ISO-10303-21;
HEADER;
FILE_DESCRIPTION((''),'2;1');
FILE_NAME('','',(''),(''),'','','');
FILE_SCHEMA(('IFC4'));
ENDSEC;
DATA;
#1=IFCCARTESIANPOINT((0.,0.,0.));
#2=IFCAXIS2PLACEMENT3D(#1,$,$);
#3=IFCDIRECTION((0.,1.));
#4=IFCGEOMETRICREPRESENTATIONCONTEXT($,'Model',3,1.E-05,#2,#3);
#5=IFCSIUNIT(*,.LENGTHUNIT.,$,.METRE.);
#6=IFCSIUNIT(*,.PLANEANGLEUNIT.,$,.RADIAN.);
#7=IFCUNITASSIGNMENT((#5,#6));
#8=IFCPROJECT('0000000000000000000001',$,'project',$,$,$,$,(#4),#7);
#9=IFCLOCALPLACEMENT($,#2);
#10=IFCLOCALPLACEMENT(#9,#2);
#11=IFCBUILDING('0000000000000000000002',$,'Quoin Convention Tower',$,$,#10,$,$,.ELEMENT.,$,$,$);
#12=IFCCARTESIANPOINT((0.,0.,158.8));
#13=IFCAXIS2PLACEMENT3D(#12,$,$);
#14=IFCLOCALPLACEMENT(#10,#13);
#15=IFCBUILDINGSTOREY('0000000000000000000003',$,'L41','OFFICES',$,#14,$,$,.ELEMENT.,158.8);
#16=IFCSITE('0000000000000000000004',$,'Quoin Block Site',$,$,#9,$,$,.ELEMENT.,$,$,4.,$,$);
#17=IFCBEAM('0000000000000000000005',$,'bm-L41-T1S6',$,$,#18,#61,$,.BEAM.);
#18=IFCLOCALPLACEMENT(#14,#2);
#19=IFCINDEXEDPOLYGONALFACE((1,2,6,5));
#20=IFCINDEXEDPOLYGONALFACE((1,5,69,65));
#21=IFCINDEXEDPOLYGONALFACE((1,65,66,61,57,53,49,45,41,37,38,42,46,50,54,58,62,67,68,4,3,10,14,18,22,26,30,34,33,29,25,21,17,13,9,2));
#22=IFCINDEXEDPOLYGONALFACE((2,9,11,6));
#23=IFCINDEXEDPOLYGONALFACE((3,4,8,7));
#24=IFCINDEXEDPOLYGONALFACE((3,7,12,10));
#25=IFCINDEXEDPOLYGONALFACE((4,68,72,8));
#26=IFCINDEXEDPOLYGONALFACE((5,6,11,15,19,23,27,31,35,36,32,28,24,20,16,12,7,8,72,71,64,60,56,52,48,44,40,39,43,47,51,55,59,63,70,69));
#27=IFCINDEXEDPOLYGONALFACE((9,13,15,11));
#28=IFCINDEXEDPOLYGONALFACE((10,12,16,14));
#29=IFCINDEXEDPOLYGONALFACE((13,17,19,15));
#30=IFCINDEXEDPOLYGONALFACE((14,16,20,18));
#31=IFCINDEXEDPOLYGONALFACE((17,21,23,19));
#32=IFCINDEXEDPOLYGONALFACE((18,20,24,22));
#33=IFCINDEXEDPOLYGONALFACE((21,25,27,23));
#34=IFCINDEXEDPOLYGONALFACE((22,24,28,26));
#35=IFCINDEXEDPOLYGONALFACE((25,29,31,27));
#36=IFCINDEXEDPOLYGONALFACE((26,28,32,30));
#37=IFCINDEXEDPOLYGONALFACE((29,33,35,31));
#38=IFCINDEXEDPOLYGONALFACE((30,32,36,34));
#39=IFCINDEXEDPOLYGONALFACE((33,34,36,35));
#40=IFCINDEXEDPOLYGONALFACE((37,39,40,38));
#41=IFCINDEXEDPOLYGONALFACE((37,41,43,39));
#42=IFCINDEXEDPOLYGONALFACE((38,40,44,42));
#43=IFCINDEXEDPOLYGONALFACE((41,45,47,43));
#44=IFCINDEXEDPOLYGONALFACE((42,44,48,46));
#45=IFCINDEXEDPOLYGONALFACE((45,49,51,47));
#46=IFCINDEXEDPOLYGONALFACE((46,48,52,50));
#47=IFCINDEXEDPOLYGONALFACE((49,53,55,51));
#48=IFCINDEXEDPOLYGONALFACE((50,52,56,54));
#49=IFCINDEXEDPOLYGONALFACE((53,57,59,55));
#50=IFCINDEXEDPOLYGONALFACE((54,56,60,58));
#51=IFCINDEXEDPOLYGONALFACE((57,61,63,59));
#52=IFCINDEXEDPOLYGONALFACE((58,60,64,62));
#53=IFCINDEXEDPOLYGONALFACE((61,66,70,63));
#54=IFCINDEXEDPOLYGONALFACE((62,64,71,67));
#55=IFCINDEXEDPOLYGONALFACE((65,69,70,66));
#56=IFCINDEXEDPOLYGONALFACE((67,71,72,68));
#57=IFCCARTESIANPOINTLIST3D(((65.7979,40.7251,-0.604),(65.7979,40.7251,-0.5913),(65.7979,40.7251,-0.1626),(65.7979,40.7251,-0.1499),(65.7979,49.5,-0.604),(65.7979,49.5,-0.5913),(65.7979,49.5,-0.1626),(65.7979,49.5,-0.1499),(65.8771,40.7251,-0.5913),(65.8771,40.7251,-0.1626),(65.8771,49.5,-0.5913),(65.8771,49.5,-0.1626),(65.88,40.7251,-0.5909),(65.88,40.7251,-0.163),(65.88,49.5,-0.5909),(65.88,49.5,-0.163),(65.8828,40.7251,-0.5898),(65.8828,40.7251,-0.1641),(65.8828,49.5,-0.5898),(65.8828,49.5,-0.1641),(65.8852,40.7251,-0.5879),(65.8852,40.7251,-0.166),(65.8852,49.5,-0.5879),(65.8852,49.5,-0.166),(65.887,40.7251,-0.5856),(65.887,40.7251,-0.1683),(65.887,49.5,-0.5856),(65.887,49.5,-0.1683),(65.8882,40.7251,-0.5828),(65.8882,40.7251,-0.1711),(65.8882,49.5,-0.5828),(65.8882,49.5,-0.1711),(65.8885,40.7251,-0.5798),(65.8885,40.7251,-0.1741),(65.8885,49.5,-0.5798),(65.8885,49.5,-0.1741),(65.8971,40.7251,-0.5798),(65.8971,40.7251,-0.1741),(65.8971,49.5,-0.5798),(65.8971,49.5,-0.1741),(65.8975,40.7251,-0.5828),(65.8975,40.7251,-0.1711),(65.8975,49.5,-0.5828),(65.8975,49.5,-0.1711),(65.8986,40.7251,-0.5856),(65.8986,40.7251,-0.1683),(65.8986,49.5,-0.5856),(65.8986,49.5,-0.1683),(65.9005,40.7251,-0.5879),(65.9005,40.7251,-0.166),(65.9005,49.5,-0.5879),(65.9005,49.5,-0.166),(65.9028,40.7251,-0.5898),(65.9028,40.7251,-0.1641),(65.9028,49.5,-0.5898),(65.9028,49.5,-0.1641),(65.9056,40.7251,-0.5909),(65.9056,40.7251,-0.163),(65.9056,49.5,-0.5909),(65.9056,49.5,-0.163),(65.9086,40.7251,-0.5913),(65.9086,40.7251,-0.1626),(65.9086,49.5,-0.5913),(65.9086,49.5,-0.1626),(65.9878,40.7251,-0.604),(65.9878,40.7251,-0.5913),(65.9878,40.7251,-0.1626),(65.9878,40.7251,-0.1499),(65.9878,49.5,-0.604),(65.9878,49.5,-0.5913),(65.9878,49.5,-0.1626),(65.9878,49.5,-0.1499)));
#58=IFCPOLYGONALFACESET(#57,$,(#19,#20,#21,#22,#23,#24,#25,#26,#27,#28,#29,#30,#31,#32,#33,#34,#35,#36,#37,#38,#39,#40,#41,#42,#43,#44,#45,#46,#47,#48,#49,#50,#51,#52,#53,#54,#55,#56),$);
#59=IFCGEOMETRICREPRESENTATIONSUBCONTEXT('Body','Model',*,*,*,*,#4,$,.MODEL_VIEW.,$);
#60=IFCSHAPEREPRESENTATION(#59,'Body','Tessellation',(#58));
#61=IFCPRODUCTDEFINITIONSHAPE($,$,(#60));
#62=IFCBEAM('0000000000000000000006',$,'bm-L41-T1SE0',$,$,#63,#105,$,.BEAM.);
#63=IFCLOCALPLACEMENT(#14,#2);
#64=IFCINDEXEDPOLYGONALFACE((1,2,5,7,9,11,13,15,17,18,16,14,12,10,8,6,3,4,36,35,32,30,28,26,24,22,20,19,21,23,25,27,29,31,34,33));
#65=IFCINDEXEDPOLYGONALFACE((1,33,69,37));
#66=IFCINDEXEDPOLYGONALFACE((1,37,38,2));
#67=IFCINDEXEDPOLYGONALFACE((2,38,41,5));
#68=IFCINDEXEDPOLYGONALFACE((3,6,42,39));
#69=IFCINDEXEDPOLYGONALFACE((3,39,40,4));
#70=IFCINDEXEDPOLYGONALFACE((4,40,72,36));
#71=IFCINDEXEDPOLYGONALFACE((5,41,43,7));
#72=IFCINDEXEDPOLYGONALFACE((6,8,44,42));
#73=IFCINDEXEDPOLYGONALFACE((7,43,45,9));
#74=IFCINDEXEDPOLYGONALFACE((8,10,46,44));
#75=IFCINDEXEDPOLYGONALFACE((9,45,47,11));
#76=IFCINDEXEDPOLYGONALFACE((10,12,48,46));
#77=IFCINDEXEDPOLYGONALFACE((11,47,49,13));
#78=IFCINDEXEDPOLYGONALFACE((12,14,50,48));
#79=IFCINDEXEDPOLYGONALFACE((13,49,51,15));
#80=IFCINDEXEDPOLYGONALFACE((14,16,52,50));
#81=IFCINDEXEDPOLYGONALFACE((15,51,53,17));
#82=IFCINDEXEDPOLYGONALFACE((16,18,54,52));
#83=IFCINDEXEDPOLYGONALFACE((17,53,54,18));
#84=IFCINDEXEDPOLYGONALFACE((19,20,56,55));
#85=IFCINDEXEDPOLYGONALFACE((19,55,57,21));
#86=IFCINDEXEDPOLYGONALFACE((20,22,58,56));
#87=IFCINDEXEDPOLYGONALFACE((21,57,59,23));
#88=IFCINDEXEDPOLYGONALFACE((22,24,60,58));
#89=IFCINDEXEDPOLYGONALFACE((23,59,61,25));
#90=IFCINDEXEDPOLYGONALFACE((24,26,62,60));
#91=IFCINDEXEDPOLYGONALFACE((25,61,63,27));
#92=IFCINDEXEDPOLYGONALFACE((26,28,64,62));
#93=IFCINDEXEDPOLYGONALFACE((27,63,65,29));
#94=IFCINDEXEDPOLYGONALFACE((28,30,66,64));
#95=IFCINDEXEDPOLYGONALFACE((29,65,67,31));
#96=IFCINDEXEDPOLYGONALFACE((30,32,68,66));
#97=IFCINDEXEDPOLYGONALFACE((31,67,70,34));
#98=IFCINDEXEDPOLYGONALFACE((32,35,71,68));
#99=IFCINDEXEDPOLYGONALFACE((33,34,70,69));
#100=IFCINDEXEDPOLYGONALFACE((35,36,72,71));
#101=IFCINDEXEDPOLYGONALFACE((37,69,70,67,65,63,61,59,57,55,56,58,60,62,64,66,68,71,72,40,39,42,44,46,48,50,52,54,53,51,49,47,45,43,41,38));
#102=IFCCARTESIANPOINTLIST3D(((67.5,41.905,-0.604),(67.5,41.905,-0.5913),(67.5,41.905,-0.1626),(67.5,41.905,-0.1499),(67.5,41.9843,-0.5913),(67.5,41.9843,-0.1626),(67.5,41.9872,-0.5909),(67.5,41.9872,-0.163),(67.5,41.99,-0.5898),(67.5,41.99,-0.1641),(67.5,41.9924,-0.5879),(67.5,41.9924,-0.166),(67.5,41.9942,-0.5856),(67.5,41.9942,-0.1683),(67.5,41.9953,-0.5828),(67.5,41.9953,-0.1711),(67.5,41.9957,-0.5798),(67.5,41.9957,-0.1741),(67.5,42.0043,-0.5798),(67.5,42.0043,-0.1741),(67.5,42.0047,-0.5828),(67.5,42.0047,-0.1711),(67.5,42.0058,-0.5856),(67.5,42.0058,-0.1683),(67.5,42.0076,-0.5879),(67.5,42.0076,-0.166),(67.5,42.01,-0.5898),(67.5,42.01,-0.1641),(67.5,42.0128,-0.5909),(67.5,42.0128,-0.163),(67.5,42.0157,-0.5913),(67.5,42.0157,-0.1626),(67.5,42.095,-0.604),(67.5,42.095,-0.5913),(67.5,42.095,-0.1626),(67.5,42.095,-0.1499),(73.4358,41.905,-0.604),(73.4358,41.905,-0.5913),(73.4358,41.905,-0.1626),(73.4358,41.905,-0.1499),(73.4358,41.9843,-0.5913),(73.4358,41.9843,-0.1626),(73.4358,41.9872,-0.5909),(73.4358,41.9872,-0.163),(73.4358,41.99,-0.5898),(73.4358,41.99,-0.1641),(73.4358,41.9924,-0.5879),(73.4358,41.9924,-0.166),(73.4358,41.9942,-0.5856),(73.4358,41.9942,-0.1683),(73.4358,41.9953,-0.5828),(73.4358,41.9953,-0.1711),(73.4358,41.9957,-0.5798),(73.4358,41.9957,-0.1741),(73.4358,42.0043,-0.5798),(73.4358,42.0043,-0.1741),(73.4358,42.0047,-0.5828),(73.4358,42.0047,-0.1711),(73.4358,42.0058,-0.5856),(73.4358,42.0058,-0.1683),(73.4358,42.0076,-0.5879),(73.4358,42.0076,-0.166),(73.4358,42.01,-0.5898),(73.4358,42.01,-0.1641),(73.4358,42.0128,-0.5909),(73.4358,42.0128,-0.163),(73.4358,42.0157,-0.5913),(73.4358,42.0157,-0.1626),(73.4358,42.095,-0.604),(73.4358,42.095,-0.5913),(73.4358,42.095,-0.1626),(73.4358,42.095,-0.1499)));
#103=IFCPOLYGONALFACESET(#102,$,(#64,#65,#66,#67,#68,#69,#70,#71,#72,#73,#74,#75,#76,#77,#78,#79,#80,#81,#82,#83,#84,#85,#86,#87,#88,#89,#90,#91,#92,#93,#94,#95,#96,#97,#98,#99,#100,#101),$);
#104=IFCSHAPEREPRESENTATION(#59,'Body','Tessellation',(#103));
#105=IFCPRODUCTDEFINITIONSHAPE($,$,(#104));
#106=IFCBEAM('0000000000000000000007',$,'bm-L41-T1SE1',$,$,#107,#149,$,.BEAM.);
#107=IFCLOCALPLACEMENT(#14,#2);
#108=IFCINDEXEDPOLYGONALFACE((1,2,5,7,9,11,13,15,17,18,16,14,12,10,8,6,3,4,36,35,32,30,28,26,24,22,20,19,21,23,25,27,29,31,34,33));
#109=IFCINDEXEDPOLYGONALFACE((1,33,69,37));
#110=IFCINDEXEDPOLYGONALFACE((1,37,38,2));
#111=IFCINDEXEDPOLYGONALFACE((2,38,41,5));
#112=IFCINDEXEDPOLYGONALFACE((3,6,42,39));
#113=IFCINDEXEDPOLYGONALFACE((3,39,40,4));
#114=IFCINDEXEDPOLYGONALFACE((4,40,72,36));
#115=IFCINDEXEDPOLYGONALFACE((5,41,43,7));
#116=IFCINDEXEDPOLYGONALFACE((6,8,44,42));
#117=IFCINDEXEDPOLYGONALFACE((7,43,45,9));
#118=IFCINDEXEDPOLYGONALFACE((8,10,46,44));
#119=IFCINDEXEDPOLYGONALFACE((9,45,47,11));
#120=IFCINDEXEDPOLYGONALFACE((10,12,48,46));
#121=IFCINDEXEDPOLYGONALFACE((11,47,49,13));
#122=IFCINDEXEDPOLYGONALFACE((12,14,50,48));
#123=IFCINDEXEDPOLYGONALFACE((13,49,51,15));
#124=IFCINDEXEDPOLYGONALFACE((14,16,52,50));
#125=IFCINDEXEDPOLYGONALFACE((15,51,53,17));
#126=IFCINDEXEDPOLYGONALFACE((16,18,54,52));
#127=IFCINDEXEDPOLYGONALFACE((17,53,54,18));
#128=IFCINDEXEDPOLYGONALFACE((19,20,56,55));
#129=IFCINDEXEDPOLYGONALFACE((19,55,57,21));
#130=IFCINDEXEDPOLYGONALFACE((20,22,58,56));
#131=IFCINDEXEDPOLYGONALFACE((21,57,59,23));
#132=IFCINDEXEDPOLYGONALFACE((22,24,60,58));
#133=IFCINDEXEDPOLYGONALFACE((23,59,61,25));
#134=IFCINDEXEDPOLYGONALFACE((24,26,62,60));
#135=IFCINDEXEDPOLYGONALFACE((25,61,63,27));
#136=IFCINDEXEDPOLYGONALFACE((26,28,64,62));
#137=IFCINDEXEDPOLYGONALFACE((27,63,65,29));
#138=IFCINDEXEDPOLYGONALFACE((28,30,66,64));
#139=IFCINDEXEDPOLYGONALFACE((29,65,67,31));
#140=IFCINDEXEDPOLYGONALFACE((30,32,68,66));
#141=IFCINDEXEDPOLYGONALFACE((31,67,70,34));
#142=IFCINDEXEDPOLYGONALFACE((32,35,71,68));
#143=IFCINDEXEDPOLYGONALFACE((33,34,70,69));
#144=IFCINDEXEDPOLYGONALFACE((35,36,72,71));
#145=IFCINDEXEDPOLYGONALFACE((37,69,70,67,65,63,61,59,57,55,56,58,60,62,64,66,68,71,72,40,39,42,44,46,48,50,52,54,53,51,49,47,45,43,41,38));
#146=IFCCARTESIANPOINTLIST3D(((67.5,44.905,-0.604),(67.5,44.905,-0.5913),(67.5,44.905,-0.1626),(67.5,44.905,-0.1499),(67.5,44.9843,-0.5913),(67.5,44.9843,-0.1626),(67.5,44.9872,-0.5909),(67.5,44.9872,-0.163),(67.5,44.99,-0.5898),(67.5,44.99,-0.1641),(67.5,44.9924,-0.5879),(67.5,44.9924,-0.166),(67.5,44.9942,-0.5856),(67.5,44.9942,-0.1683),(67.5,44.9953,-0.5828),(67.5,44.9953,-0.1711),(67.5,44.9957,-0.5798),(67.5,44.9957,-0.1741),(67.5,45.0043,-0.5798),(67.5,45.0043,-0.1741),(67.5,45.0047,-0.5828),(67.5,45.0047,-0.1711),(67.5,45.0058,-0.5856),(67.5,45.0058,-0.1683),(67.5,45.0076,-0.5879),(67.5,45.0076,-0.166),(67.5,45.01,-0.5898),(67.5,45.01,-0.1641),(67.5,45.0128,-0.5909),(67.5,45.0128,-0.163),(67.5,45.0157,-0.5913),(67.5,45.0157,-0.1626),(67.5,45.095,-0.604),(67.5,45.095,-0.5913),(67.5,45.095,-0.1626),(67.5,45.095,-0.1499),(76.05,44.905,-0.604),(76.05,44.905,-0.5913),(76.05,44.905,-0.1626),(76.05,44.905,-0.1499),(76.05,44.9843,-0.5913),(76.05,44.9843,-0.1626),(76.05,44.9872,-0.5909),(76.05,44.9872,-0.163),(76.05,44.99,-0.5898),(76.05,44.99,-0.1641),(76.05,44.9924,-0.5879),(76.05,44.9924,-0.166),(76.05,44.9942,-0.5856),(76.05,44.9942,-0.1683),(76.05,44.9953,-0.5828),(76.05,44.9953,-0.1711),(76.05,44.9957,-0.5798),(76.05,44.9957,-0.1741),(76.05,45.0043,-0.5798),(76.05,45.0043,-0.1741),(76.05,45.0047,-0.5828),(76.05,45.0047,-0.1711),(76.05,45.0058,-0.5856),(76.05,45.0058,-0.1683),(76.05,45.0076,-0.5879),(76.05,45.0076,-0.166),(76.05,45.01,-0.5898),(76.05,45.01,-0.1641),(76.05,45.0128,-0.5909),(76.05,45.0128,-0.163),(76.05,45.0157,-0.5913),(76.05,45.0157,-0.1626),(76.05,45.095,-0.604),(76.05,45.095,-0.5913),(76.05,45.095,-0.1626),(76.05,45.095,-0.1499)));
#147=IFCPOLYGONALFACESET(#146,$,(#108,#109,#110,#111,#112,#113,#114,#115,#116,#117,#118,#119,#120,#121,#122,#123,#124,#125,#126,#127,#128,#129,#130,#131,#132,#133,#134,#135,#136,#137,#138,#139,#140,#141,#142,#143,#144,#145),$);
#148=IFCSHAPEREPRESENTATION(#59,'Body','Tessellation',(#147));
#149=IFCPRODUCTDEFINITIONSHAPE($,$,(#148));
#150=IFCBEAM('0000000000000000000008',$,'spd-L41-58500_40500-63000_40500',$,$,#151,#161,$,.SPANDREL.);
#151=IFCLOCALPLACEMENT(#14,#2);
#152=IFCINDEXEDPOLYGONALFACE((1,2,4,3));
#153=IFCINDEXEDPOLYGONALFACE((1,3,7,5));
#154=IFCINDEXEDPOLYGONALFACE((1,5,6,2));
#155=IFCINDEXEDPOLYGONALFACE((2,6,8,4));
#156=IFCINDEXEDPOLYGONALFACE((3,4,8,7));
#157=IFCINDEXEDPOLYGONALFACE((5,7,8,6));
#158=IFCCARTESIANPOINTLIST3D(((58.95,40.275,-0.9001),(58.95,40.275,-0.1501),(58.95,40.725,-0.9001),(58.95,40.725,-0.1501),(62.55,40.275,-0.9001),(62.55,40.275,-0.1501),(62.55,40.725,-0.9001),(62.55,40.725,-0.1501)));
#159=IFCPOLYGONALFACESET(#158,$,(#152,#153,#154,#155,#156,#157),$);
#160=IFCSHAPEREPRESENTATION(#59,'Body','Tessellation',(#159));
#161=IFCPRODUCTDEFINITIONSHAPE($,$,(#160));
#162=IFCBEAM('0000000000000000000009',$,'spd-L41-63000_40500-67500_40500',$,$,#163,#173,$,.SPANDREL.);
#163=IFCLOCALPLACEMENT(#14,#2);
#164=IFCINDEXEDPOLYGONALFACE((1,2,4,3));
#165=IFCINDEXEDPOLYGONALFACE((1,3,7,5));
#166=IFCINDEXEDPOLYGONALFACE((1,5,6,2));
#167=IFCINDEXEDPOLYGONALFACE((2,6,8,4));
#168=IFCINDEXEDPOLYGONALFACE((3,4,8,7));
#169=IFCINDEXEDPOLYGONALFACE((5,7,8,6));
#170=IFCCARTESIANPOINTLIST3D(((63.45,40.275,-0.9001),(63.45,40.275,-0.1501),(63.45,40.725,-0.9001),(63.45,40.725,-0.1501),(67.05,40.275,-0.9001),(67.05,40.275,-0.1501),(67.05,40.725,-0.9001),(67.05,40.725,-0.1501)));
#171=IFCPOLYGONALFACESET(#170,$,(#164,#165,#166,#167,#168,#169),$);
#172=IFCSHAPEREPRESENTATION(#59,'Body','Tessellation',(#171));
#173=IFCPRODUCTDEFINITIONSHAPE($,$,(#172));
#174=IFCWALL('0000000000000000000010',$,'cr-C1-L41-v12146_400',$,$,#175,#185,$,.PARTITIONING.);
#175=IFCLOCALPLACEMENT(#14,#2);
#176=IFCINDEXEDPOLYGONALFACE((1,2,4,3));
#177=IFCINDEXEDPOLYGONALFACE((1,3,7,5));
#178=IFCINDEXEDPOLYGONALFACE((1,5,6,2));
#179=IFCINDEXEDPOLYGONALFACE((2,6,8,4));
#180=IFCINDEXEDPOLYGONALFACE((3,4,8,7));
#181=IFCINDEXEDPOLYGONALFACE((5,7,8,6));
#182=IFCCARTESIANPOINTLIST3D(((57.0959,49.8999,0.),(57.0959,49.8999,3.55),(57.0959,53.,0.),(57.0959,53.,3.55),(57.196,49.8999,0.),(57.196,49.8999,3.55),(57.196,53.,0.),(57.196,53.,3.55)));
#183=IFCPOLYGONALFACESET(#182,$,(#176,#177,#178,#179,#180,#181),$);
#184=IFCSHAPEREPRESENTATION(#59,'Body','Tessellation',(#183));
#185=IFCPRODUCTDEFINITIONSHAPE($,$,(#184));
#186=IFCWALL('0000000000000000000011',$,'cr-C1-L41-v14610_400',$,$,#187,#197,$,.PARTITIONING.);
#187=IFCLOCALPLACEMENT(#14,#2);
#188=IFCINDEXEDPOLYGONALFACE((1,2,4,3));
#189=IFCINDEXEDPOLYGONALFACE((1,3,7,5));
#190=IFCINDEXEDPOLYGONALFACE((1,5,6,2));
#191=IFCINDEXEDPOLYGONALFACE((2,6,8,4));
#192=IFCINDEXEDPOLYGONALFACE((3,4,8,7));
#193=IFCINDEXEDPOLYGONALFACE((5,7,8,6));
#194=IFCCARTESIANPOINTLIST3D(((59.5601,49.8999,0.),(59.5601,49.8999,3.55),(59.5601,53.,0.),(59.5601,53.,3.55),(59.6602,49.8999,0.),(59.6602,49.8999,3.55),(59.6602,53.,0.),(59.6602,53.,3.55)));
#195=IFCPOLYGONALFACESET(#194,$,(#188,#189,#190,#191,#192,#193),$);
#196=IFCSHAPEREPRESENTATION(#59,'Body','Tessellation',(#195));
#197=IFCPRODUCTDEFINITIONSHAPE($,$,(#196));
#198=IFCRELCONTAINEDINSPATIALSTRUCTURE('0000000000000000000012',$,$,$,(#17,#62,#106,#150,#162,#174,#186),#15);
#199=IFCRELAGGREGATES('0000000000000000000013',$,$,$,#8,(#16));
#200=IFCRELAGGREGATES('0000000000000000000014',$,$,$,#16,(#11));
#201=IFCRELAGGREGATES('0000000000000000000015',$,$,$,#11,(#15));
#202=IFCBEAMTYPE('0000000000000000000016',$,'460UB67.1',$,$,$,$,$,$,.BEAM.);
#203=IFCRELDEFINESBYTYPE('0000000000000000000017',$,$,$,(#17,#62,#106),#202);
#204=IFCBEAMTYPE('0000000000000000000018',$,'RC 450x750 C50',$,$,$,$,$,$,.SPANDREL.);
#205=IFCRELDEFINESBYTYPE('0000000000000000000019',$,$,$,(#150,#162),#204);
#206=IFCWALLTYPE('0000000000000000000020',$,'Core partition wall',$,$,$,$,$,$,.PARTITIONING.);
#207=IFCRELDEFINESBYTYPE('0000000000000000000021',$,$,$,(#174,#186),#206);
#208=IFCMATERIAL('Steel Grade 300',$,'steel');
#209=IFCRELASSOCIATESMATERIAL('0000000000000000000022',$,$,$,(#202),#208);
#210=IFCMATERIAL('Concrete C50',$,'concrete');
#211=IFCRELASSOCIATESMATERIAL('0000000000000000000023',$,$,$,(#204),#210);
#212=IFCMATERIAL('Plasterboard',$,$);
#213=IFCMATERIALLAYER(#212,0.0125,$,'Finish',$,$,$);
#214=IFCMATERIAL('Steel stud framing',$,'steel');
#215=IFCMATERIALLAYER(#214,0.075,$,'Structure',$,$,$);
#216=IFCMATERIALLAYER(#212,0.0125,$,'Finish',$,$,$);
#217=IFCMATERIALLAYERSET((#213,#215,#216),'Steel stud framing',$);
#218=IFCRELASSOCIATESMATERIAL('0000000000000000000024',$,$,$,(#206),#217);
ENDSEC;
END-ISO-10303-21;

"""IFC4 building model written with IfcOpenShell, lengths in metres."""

from ifc_helpers import new_model, si_unit, direction, frame, frame_2d, origin, origin_2d, place, context, subcontext, project, spatial, rectangle, i_section, extrude, material, layer, layer_set, material_profile, profile_set, type_object, element, save


model = new_model("IFC4")

# Units and contexts
model_context = context("Model", 3, precision=1e-05, world=origin(), true_north=direction((0.0, 1.0)))
body_context = subcontext(model_context, "Body", "Model", "MODEL_VIEW")
ifc_project = project(units=[si_unit("LENGTHUNIT", "METRE"), si_unit("PLANEANGLEUNIT", "RADIAN")], contexts=[model_context])

# Site, building, storey
site_placement = place(None, origin())
site = spatial("IfcSite", under=ifc_project, at=site_placement, Name="Quoin Block Site", CompositionType="ELEMENT", RefElevation=4.0)
building_placement = place(site_placement, origin())
building = spatial("IfcBuilding", under=site, at=building_placement, Name="Quoin Convention Tower", CompositionType="ELEMENT")
storey_placement = place(building_placement, frame((0.0, 0.0, 158.8)))
storey = spatial("IfcBuildingStorey", under=building, at=storey_placement, Name="L41", Description="OFFICES", CompositionType="ELEMENT", Elevation=158.8)

# Shared definitions
ifc_material_1 = material(Name="Concrete C50", Category="concrete")

# Beams
ifc_material_2 = material(Name="Steel Grade 300", Category="steel")
ifc_material_profile_1 = material_profile(ifc_material_2, i_section(OverallWidth=0.1899, OverallDepth=0.4541, WebThickness=0.0085, FlangeThickness=0.0127, FilletRadius=0.0115, at=origin_2d()), Name="460UB67.1")
ifc_profile_set_1 = profile_set([ifc_material_profile_1], Name="Steel Grade 300")
beam_type_1 = type_object("IfcBeamType", Name="460UB67.1", PredefinedType="BEAM", material=ifc_profile_set_1)
beam_1_placement = place(storey_placement, frame((65.8928, 40.7251, -0.377), z_axis=(0.0, 1.0, 0.0), x_axis=(-1.0, 0.0, 0.0)))
element("IfcBeam", 1, at=beam_1_placement, inside=storey, type_object=beam_type_1, Name="bm-L41-T1S6", PredefinedType="BEAM", context=body_context, shape_type="SweptSolid", body=[
    extrude(i_section(OverallWidth=0.1899, OverallDepth=0.4541, WebThickness=0.0085, FlangeThickness=0.0127, FilletRadius=0.0115, at=origin_2d()), origin(), (0.0, 0.0, 1.0), 8.7749),
])
beam_2_placement = place(storey_placement, frame((67.5, 42.0, -0.377), z_axis=(1.0, 0.0, 0.0), x_axis=(0.0, 1.0, 0.0)))
element("IfcBeam", 2, at=beam_2_placement, inside=storey, type_object=beam_type_1, Name="bm-L41-T1SE0", PredefinedType="BEAM", context=body_context, shape_type="SweptSolid", body=[
    extrude(i_section(OverallWidth=0.1899, OverallDepth=0.4541, WebThickness=0.0085, FlangeThickness=0.0127, FilletRadius=0.0115, at=origin_2d()), origin(), (0.0, 0.0, 1.0), 5.9358),
])
beam_3_placement = place(storey_placement, frame((67.5, 45.0, -0.377), z_axis=(1.0, 0.0, 0.0), x_axis=(0.0, 1.0, 0.0)))
element("IfcBeam", 3, at=beam_3_placement, inside=storey, type_object=beam_type_1, Name="bm-L41-T1SE1", PredefinedType="BEAM", context=body_context, shape_type="SweptSolid", body=[
    extrude(i_section(OverallWidth=0.1899, OverallDepth=0.4541, WebThickness=0.0085, FlangeThickness=0.0127, FilletRadius=0.0115, at=origin_2d()), origin(), (0.0, 0.0, 1.0), 8.55),
])
ifc_material_profile_2 = material_profile(ifc_material_1, rectangle(XDim=0.45, YDim=0.75, at=origin_2d()), Name="RC 450x750")
ifc_profile_set_2 = profile_set([ifc_material_profile_2], Name="Concrete C50")
beam_type_2 = type_object("IfcBeamType", Name="RC 450x750 C50", PredefinedType="SPANDREL", material=ifc_profile_set_2)
for number, where, z_axis, x_axis, name in (
    (4, (58.95, 40.5, -0.5251), (1.0, 0.0, 0.0), (0.0, 1.0, 0.0), "spd-L41-58500_40500-63000_40500"),
    (5, (63.45, 40.5, -0.5251), (1.0, 0.0, 0.0), (0.0, 1.0, 0.0), "spd-L41-63000_40500-67500_40500"),
):
    element("IfcBeam", number, at=place(storey_placement, frame(where, z_axis=z_axis, x_axis=x_axis)), inside=storey, type_object=beam_type_2, Name=name, PredefinedType="SPANDREL", context=body_context, shape_type="SweptSolid", body=[
        extrude(rectangle(XDim=0.45, YDim=0.75, at=origin_2d()), origin(), (0.0, 0.0, 1.0), 3.6001),
    ])

# Walls
ifc_material_3 = material(Name="Plasterboard")
ifc_layer_1 = layer(ifc_material_3, 0.0125, Name="Finish")
ifc_material_4 = material(Name="Steel stud framing", Category="steel")
ifc_layer_2 = layer(ifc_material_4, 0.075, Name="Structure")
ifc_layer_3 = layer(ifc_material_3, 0.0125, Name="Finish")
ifc_layer_set_1 = layer_set([ifc_layer_1, ifc_layer_2, ifc_layer_3], Name="Steel stud framing")
wall_type_1 = type_object("IfcWallType", Name="Core partition wall", PredefinedType="PARTITIONING", material=ifc_layer_set_1)
for number, where, z_axis, x_axis, name in (
    (6, (57.146, 49.8999, 0.0), (0.0, 0.0, 1.0), (0.0, 1.0, 0.0), "cr-C1-L41-v12146_400"),
    (7, (59.6101, 49.8999, 0.0), (0.0, 0.0, 1.0), (0.0, 1.0, 0.0), "cr-C1-L41-v14610_400"),
):
    element("IfcWall", number, at=place(storey_placement, frame(where, z_axis=z_axis, x_axis=x_axis)), inside=storey, type_object=wall_type_1, Name=name, PredefinedType="PARTITIONING", context=body_context, shape_type="SweptSolid", body=[
        extrude(rectangle(XDim=3.1001, YDim=0.1001, at=frame_2d((1.55, 0.0))), origin(), (0.0, 0.0, 1.0), 3.55),
    ])

save(model, "model.ifc")
